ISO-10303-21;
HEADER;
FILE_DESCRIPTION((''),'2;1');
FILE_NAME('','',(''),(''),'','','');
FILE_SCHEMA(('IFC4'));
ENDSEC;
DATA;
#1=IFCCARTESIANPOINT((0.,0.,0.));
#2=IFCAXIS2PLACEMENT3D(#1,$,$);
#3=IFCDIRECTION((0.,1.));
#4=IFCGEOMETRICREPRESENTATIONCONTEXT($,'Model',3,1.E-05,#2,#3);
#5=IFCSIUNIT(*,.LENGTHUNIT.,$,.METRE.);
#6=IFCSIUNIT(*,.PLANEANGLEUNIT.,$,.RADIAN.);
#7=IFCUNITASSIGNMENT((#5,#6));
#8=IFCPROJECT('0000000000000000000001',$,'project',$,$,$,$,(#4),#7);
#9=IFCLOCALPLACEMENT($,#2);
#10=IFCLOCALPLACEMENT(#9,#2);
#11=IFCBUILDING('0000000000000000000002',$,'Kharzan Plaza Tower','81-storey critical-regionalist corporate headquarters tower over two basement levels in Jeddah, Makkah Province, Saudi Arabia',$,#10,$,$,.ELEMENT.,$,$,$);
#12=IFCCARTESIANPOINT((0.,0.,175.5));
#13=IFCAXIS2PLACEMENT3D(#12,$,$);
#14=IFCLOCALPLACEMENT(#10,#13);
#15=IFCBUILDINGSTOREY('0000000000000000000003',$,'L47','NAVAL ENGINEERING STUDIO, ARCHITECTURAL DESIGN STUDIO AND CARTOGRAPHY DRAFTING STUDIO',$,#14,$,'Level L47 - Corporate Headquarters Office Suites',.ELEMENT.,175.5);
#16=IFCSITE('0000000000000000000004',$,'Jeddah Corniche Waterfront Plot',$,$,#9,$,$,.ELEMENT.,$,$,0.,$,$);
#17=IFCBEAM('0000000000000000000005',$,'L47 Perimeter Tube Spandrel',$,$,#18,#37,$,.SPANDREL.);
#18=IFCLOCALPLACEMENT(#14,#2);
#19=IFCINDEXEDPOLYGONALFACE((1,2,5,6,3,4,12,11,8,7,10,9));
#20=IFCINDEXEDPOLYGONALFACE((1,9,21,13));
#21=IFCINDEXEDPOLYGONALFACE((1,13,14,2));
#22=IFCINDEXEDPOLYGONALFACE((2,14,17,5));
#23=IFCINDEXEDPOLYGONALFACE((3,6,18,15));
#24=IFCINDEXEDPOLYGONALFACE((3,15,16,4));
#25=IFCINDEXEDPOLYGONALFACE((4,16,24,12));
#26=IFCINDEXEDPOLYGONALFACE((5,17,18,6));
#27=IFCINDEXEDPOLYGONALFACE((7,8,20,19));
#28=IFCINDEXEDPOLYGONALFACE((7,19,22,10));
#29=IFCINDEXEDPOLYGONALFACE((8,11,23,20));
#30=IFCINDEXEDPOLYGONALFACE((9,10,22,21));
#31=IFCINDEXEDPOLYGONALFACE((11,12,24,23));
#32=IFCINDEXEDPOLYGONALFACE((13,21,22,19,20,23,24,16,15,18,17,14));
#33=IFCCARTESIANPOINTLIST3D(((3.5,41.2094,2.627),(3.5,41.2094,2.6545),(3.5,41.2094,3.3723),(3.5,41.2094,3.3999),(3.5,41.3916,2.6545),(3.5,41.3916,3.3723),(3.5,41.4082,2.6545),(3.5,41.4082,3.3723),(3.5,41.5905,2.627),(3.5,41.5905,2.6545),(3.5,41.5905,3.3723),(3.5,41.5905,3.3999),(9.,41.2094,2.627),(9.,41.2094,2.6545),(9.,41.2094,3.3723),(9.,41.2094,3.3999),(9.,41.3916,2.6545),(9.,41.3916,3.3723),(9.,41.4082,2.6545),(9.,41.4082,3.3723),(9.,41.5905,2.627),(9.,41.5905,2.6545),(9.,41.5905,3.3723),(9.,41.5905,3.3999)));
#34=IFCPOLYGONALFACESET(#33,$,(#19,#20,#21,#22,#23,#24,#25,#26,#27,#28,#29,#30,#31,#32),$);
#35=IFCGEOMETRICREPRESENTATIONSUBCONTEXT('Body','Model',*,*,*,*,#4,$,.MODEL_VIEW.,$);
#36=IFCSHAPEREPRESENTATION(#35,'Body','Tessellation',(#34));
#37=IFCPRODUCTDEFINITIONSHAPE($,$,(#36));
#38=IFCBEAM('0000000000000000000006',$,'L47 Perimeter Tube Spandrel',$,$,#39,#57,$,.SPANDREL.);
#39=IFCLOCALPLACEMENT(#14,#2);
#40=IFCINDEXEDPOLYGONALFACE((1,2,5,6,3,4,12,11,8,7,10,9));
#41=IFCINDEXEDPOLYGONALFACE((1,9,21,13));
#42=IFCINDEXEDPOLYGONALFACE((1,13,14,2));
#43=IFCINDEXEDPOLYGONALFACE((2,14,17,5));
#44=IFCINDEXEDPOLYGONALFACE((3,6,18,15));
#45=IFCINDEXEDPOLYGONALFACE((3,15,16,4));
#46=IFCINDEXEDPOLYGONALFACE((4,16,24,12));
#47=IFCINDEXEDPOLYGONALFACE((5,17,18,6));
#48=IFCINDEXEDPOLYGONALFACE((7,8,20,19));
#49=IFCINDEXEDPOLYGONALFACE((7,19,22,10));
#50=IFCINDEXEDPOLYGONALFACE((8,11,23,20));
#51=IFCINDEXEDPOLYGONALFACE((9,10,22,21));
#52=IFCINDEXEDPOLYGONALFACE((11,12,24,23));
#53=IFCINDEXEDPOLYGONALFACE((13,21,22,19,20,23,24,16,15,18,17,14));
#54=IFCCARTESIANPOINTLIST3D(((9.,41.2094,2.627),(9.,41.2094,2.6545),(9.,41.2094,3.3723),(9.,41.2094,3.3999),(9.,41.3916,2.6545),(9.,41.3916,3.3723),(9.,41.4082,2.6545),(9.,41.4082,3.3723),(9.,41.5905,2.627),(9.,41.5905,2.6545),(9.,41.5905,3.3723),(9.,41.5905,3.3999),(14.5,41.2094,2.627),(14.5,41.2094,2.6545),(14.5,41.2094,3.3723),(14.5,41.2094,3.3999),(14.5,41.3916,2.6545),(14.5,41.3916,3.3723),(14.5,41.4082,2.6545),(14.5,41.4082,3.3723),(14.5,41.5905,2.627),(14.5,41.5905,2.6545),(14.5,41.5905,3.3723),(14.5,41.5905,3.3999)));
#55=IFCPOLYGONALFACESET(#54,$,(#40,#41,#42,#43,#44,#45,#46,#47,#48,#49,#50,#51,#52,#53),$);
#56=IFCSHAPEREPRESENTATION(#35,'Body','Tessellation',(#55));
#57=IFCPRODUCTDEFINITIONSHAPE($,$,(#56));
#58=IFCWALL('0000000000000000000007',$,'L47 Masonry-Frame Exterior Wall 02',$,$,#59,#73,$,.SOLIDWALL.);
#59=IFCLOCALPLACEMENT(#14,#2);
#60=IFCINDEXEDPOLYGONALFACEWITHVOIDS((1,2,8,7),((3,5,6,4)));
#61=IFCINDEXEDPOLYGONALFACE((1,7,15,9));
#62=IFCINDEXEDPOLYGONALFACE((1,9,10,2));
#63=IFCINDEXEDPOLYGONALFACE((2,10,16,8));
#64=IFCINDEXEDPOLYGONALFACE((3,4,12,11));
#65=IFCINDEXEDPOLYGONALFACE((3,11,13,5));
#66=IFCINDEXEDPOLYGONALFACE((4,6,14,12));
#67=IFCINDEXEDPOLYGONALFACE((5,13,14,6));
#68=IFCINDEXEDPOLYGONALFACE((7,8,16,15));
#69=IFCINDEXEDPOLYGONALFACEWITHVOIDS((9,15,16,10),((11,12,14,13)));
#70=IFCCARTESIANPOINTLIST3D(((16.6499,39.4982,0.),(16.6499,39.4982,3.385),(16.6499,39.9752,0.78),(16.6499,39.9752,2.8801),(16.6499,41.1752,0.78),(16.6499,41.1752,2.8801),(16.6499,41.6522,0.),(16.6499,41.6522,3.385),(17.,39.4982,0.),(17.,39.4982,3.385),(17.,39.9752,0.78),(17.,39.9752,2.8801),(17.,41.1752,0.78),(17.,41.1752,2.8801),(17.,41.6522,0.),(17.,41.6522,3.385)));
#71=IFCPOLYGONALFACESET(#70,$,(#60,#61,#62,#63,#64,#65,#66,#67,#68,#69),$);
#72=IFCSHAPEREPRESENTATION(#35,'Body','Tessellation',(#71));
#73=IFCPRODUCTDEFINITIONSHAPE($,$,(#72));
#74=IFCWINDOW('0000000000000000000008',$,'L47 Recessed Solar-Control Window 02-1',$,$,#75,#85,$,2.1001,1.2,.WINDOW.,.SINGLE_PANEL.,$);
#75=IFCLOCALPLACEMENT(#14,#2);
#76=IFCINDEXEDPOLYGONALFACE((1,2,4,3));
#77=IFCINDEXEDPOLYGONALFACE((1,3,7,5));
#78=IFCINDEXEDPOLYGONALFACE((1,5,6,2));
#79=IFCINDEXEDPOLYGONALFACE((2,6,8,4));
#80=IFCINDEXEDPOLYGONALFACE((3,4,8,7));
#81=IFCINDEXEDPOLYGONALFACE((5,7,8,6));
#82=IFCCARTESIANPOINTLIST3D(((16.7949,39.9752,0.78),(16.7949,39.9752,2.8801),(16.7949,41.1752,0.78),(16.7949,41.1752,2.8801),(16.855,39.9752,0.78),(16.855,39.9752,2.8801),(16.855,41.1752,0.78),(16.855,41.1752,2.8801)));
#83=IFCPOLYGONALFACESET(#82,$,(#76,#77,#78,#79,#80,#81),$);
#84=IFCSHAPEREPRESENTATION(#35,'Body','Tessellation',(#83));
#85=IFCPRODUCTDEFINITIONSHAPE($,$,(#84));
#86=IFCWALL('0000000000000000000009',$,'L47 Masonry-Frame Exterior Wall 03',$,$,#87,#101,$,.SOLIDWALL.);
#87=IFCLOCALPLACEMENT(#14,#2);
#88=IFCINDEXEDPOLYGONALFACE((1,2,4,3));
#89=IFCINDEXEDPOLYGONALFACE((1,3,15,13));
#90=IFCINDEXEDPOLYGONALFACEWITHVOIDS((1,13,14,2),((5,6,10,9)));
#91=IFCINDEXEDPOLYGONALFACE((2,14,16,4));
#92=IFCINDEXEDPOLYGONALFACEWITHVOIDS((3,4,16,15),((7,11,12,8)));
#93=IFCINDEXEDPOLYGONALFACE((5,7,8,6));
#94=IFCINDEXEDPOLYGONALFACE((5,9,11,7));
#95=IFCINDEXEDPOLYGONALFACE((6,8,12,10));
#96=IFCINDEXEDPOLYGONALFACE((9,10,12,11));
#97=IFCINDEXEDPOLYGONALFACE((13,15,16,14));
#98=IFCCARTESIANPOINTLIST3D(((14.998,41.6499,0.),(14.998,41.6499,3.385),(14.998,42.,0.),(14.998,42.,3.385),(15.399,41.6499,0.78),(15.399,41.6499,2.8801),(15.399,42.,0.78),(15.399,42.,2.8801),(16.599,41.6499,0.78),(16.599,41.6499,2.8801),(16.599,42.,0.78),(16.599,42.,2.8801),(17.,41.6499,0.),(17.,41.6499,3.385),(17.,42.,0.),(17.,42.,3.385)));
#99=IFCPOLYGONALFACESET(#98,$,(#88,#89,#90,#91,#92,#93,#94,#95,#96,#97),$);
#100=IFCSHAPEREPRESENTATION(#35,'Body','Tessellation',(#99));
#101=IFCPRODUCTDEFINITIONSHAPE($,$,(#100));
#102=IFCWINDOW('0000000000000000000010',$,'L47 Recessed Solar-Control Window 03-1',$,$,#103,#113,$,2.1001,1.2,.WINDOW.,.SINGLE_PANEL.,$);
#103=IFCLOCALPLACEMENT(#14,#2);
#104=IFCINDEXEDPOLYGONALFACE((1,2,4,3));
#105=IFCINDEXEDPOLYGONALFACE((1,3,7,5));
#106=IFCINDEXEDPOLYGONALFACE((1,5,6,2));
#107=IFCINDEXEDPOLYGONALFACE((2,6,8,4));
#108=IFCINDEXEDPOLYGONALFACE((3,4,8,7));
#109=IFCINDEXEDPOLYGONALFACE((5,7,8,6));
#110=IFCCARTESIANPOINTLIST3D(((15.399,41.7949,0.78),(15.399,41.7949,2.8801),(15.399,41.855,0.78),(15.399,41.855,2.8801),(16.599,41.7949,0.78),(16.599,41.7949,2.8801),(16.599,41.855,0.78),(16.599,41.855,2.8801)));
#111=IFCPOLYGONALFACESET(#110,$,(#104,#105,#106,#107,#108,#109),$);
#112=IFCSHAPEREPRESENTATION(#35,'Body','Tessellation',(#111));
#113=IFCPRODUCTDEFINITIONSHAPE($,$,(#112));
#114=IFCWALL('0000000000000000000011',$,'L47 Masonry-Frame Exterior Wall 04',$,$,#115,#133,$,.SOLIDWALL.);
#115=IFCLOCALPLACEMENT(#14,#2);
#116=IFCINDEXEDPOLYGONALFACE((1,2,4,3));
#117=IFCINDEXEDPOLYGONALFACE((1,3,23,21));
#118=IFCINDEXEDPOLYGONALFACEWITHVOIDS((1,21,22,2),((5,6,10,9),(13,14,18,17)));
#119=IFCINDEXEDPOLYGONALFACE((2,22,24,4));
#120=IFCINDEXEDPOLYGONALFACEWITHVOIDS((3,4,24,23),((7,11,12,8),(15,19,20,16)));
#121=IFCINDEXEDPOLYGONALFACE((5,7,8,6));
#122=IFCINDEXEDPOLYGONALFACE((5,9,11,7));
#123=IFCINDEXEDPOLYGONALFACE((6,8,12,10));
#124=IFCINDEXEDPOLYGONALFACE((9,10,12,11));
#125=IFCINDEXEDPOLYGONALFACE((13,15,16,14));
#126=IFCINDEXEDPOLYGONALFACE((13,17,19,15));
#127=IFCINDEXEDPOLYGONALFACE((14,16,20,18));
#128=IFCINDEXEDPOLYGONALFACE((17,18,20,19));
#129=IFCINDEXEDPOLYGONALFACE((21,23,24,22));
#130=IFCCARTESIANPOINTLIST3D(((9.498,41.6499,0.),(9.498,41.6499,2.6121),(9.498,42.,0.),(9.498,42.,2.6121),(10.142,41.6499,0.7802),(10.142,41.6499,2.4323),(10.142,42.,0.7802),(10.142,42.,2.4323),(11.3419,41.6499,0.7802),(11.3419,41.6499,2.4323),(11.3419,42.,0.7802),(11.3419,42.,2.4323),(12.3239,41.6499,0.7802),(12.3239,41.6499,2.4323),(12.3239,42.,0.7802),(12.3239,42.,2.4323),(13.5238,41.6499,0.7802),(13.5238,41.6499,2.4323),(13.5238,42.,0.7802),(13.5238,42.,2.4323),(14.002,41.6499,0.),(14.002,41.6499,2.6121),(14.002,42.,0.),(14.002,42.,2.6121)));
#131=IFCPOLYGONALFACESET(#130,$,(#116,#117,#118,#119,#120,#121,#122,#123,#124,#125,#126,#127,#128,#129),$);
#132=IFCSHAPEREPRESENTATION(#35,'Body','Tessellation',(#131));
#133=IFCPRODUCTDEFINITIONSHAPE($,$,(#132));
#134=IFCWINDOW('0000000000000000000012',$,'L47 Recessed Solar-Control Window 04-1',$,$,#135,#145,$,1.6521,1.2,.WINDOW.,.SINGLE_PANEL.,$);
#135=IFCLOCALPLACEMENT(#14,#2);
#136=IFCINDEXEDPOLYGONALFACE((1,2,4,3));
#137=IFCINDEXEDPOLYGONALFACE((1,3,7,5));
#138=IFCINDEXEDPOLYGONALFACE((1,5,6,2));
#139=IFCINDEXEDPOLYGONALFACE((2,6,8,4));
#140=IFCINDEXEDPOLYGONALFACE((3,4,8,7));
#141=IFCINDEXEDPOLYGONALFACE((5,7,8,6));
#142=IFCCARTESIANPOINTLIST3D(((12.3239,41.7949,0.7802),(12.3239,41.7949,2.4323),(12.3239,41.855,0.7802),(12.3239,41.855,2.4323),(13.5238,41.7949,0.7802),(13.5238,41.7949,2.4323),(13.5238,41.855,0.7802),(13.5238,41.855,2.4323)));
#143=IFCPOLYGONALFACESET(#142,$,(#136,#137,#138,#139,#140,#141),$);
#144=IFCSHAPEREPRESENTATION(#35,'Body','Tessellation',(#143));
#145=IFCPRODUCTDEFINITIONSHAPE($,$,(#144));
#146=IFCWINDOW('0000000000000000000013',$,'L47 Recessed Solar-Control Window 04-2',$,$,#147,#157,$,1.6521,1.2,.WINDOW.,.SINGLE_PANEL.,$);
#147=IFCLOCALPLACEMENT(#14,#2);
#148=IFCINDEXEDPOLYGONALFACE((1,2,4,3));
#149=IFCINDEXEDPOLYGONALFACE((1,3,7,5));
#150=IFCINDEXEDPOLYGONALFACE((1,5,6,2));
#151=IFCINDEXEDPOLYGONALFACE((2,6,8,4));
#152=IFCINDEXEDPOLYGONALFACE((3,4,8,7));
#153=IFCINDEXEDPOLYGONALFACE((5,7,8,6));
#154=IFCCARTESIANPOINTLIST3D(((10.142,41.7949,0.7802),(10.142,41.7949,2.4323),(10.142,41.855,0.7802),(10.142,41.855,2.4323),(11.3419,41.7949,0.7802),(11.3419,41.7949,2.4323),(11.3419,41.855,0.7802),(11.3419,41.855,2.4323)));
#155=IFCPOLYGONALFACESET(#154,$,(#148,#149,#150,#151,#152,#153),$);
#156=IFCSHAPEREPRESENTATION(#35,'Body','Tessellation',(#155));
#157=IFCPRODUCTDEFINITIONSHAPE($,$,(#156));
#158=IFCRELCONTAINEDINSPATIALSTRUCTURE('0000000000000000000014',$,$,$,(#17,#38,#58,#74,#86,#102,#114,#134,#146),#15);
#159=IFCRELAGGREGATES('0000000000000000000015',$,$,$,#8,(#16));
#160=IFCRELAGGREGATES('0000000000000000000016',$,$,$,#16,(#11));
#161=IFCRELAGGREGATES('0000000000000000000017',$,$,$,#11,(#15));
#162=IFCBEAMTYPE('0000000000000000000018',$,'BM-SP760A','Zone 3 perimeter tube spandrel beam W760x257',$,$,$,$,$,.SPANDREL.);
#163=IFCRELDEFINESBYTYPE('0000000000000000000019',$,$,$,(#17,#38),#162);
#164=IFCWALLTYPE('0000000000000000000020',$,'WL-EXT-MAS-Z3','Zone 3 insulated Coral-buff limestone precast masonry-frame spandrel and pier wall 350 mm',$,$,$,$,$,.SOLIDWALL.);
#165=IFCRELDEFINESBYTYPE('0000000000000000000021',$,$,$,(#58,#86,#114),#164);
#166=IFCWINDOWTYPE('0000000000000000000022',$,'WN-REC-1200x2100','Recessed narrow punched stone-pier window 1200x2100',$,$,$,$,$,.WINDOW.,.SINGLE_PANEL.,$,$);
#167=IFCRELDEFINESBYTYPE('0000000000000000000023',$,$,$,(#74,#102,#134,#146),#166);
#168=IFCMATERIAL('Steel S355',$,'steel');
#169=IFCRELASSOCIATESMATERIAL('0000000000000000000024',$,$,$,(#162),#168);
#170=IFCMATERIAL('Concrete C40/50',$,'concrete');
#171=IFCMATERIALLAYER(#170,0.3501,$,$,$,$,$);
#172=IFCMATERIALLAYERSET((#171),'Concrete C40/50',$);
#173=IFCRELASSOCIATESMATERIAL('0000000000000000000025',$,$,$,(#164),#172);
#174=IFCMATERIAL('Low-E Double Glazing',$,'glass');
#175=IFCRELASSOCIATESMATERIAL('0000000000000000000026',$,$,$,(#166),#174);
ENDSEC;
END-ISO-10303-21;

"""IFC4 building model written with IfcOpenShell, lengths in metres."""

from ifc_helpers import new_model, si_unit, direction, frame, frame_2d, origin, origin_2d, place, context, subcontext, project, spatial, rectangle, i_section, extrude, source, transform, mapped, material, layer, layer_set, material_profile, profile_set, type_object, element, fill, save


model = new_model("IFC4")

# Units and contexts
model_context = context("Model", 3, precision=1e-05, world=origin(), true_north=direction((0.0, 1.0)))
body_context = subcontext(model_context, "Body", "Model", "MODEL_VIEW")
ifc_project = project(units=[si_unit("LENGTHUNIT", "METRE"), si_unit("PLANEANGLEUNIT", "RADIAN")], contexts=[model_context])

# Site, building, storey
site_placement = place(None, origin())
site = spatial("IfcSite", under=ifc_project, at=site_placement, Name="Jeddah Corniche Waterfront Plot", CompositionType="ELEMENT", RefElevation=0.0)
building_placement = place(site_placement, origin())
building = spatial("IfcBuilding", under=site, at=building_placement, Name="Kharzan Plaza Tower", Description="81-storey critical-regionalist corporate headquarters tower over two basement levels in Jeddah, Makkah Province, Saudi Arabia", CompositionType="ELEMENT")
storey_placement = place(building_placement, frame((0.0, 0.0, 175.5)))
storey = spatial("IfcBuildingStorey", under=building, at=storey_placement, Name="L47", Description="NAVAL ENGINEERING STUDIO, ARCHITECTURAL DESIGN STUDIO AND CARTOGRAPHY DRAFTING STUDIO", LongName="Level L47 - Corporate Headquarters Office Suites", CompositionType="ELEMENT", Elevation=175.5)

# Beams
ifc_material_1 = material(Name="Steel S355", Category="steel")
ifc_material_profile_1 = material_profile(ifc_material_1, i_section(OverallWidth=0.3811, OverallDepth=0.7729, WebThickness=0.0166, FlangeThickness=0.0276, at=origin_2d()), Name="W760x257")
ifc_profile_set_1 = profile_set([ifc_material_profile_1], Name="Steel S355")
beam_type_1 = type_object("IfcBeamType", Name="BM-SP760A", Description="Zone 3 perimeter tube spandrel beam W760x257", PredefinedType="SPANDREL", material=ifc_profile_set_1)
shared_shape_1 = source(origin(), body_context, "Body", "SweptSolid", [
    extrude(i_section(OverallWidth=0.3811, OverallDepth=0.7729, WebThickness=0.0166, FlangeThickness=0.0276, at=origin_2d()), origin(), (0.0, 0.0, 1.0), 5.5),
])
for number, where, z_axis, x_axis, name in (
    (1, (3.5, 41.3999, 3.0134), (1.0, 0.0, 0.0), (0.0, 1.0, 0.0), "L47 Perimeter Tube Spandrel"),
    (2, (9.0, 41.3999, 3.0134), (1.0, 0.0, 0.0), (0.0, 1.0, 0.0), "L47 Perimeter Tube Spandrel"),
):
    element("IfcBeam", number, at=place(storey_placement, frame(where, z_axis=z_axis, x_axis=x_axis)), inside=storey, type_object=beam_type_1, Name=name, PredefinedType="SPANDREL", context=body_context, shape_type="MappedRepresentation", body=[
        mapped(shared_shape_1, transform((0.0, 0.0, 0.0), x_axis=(1.0, 0.0, 0.0), y_axis=(0.0, 1.0, 0.0), z_axis=(0.0, 0.0, 1.0))),
    ])

# Walls, openings, windows
ifc_material_2 = material(Name="Concrete C40/50", Category="concrete")
ifc_layer_1 = layer(ifc_material_2, 0.3501)
ifc_layer_set_1 = layer_set([ifc_layer_1], Name="Concrete C40/50")
wall_type_1 = type_object("IfcWallType", Name="WL-EXT-MAS-Z3", Description="Zone 3 insulated Coral-buff limestone precast masonry-frame spandrel and pier wall 350 mm", PredefinedType="SOLIDWALL", material=ifc_layer_set_1)
wall_1_placement = place(storey_placement, frame((16.825, 39.498, 0.0), z_axis=(0.0, 0.0, 1.0), x_axis=(0.0, 1.0, 0.0)))
wall_1 = element("IfcWall", 3, at=wall_1_placement, inside=storey, type_object=wall_type_1, Name="L47 Masonry-Frame Exterior Wall 02", PredefinedType="SOLIDWALL", context=body_context, shape_type="SweptSolid", body=[
    extrude(rectangle(XDim=2.1541, YDim=0.3501, at=frame_2d((1.0771, 0.0))), origin(), (0.0, 0.0, 1.0), 3.385),
])
opening_1_placement = place(wall_1_placement, frame((0.4771, 0.0, 0.78)))
opening_1 = element("IfcOpeningElement", 4, at=opening_1_placement, cuts=wall_1, PredefinedType="OPENING", context=body_context, shape_type="SweptSolid", body=[
    extrude(rectangle(XDim=1.2, YDim=2.1001, at=frame_2d((0.6001, 1.05))), frame((0.0, 0.1851, 0.0), z_axis=(0.0, -1.0, 0.0), x_axis=(1.0, 0.0, 0.0)), (0.0, 0.0, 1.0), 0.3701),
])
ifc_material_3 = material(Name="Low-E Double Glazing", Category="glass")
window_type_1 = type_object("IfcWindowType", Name="WN-REC-1200x2100", Description="Recessed narrow punched stone-pier window 1200x2100", PartitioningType="SINGLE_PANEL", PredefinedType="WINDOW", material=ifc_material_3)
shared_shape_2 = source(origin(), body_context, "Body", "SweptSolid", [
    extrude(rectangle(XDim=1.2, YDim=2.1001, at=frame_2d((0.6001, 1.05))), frame((0.0, 0.03, 0.0), z_axis=(0.0, -1.0, 0.0), x_axis=(1.0, 0.0, 0.0)), (0.0, 0.0, 1.0), 0.0601),
])
window_1_placement = place(opening_1_placement, origin())
window_1 = element("IfcWindow", 5, at=window_1_placement, inside=storey, type_object=window_type_1, Name="L47 Recessed Solar-Control Window 02-1", OverallHeight=2.1001, OverallWidth=1.2, PartitioningType="SINGLE_PANEL", PredefinedType="WINDOW", context=body_context, shape_type="MappedRepresentation", body=[
    mapped(shared_shape_2, transform((0.0, 0.0, 0.0), x_axis=(1.0, 0.0, 0.0), y_axis=(0.0, 1.0, 0.0), z_axis=(0.0, 0.0, 1.0))),
])
fill(opening_1, window_1)
wall_2_placement = place(storey_placement, frame((17.0, 41.825, 0.0), z_axis=(0.0, 0.0, 1.0), x_axis=(-1.0, 0.0, 0.0)))
wall_2 = element("IfcWall", 6, at=wall_2_placement, inside=storey, type_object=wall_type_1, Name="L47 Masonry-Frame Exterior Wall 03", PredefinedType="SOLIDWALL", context=body_context, shape_type="SweptSolid", body=[
    extrude(rectangle(XDim=2.002, YDim=0.3501, at=frame_2d((1.001, 0.0))), origin(), (0.0, 0.0, 1.0), 3.385),
])
opening_2_placement = place(wall_2_placement, frame((0.4009, 0.0, 0.78)))
opening_2 = element("IfcOpeningElement", 7, at=opening_2_placement, cuts=wall_2, PredefinedType="OPENING", context=body_context, shape_type="SweptSolid", body=[
    extrude(rectangle(XDim=1.2, YDim=2.1001, at=frame_2d((0.6001, 1.05))), frame((0.0, 0.1851, 0.0), z_axis=(0.0, -1.0, 0.0), x_axis=(1.0, 0.0, 0.0)), (0.0, 0.0, 1.0), 0.3701),
])
window_2_placement = place(opening_2_placement, origin())
window_2 = element("IfcWindow", 8, at=window_2_placement, inside=storey, type_object=window_type_1, Name="L47 Recessed Solar-Control Window 03-1", OverallHeight=2.1001, OverallWidth=1.2, PartitioningType="SINGLE_PANEL", PredefinedType="WINDOW", context=body_context, shape_type="MappedRepresentation", body=[
    mapped(shared_shape_2, transform((0.0, 0.0, 0.0), x_axis=(1.0, 0.0, 0.0), y_axis=(0.0, 1.0, 0.0), z_axis=(0.0, 0.0, 1.0))),
])
fill(opening_2, window_2)

# Wall, openings, windows
wall_3_placement = place(storey_placement, frame((14.002, 41.825, 0.0), z_axis=(0.0, 0.0, 1.0), x_axis=(-1.0, 0.0, 0.0)))
wall_3 = element("IfcWall", 9, at=wall_3_placement, inside=storey, type_object=wall_type_1, Name="L47 Masonry-Frame Exterior Wall 04", PredefinedType="SOLIDWALL", context=body_context, shape_type="SweptSolid", body=[
    extrude(rectangle(XDim=4.5039, YDim=0.3501, at=frame_2d((2.252, 0.0))), origin(), (0.0, 0.0, 1.0), 2.6121),
])
opening_3_placement = place(wall_3_placement, frame((0.478, 0.0, 0.78)))
opening_3 = element("IfcOpeningElement", 10, at=opening_3_placement, cuts=wall_3, PredefinedType="OPENING", context=body_context, shape_type="SweptSolid", body=[
    extrude(rectangle(XDim=1.2, YDim=1.6521, at=frame_2d((0.6001, 0.8262))), frame((0.0, 0.1851, 0.0), z_axis=(0.0, -1.0, 0.0), x_axis=(1.0, 0.0, 0.0)), (0.0, 0.0, 1.0), 0.3701),
])
opening_4_placement = place(wall_3_placement, frame((2.6599, 0.0, 0.78)))
opening_4 = element("IfcOpeningElement", 11, at=opening_4_placement, cuts=wall_3, PredefinedType="OPENING", context=body_context, shape_type="SweptSolid", body=[
    extrude(rectangle(XDim=1.2, YDim=1.6521, at=frame_2d((0.6001, 0.8262))), frame((0.0, 0.1851, 0.0), z_axis=(0.0, -1.0, 0.0), x_axis=(1.0, 0.0, 0.0)), (0.0, 0.0, 1.0), 0.3701),
])
shared_shape_3 = source(origin(), body_context, "Body", "SweptSolid", [
    extrude(rectangle(XDim=1.2, YDim=1.6521, at=frame_2d((0.6001, 0.8262))), frame((0.0, 0.03, 0.0), z_axis=(0.0, -1.0, 0.0), x_axis=(1.0, 0.0, 0.0)), (0.0, 0.0, 1.0), 0.0601),
])
window_3_placement = place(opening_3_placement, origin())
window_3 = element("IfcWindow", 12, at=window_3_placement, inside=storey, type_object=window_type_1, Name="L47 Recessed Solar-Control Window 04-1", OverallHeight=1.6521, OverallWidth=1.2, PartitioningType="SINGLE_PANEL", PredefinedType="WINDOW", context=body_context, shape_type="MappedRepresentation", body=[
    mapped(shared_shape_3, transform((0.0, 0.0, 0.0), x_axis=(1.0, 0.0, 0.0), y_axis=(0.0, 1.0, 0.0), z_axis=(0.0, 0.0, 1.0))),
])
fill(opening_3, window_3)
window_4_placement = place(opening_4_placement, origin())
window_4 = element("IfcWindow", 13, at=window_4_placement, inside=storey, type_object=window_type_1, Name="L47 Recessed Solar-Control Window 04-2", OverallHeight=1.6521, OverallWidth=1.2, PartitioningType="SINGLE_PANEL", PredefinedType="WINDOW", context=body_context, shape_type="MappedRepresentation", body=[
    mapped(shared_shape_3, transform((0.0, 0.0, 0.0), x_axis=(1.0, 0.0, 0.0), y_axis=(0.0, 1.0, 0.0), z_axis=(0.0, 0.0, 1.0))),
])
fill(opening_4, window_4)

save(model, "model.ifc")
